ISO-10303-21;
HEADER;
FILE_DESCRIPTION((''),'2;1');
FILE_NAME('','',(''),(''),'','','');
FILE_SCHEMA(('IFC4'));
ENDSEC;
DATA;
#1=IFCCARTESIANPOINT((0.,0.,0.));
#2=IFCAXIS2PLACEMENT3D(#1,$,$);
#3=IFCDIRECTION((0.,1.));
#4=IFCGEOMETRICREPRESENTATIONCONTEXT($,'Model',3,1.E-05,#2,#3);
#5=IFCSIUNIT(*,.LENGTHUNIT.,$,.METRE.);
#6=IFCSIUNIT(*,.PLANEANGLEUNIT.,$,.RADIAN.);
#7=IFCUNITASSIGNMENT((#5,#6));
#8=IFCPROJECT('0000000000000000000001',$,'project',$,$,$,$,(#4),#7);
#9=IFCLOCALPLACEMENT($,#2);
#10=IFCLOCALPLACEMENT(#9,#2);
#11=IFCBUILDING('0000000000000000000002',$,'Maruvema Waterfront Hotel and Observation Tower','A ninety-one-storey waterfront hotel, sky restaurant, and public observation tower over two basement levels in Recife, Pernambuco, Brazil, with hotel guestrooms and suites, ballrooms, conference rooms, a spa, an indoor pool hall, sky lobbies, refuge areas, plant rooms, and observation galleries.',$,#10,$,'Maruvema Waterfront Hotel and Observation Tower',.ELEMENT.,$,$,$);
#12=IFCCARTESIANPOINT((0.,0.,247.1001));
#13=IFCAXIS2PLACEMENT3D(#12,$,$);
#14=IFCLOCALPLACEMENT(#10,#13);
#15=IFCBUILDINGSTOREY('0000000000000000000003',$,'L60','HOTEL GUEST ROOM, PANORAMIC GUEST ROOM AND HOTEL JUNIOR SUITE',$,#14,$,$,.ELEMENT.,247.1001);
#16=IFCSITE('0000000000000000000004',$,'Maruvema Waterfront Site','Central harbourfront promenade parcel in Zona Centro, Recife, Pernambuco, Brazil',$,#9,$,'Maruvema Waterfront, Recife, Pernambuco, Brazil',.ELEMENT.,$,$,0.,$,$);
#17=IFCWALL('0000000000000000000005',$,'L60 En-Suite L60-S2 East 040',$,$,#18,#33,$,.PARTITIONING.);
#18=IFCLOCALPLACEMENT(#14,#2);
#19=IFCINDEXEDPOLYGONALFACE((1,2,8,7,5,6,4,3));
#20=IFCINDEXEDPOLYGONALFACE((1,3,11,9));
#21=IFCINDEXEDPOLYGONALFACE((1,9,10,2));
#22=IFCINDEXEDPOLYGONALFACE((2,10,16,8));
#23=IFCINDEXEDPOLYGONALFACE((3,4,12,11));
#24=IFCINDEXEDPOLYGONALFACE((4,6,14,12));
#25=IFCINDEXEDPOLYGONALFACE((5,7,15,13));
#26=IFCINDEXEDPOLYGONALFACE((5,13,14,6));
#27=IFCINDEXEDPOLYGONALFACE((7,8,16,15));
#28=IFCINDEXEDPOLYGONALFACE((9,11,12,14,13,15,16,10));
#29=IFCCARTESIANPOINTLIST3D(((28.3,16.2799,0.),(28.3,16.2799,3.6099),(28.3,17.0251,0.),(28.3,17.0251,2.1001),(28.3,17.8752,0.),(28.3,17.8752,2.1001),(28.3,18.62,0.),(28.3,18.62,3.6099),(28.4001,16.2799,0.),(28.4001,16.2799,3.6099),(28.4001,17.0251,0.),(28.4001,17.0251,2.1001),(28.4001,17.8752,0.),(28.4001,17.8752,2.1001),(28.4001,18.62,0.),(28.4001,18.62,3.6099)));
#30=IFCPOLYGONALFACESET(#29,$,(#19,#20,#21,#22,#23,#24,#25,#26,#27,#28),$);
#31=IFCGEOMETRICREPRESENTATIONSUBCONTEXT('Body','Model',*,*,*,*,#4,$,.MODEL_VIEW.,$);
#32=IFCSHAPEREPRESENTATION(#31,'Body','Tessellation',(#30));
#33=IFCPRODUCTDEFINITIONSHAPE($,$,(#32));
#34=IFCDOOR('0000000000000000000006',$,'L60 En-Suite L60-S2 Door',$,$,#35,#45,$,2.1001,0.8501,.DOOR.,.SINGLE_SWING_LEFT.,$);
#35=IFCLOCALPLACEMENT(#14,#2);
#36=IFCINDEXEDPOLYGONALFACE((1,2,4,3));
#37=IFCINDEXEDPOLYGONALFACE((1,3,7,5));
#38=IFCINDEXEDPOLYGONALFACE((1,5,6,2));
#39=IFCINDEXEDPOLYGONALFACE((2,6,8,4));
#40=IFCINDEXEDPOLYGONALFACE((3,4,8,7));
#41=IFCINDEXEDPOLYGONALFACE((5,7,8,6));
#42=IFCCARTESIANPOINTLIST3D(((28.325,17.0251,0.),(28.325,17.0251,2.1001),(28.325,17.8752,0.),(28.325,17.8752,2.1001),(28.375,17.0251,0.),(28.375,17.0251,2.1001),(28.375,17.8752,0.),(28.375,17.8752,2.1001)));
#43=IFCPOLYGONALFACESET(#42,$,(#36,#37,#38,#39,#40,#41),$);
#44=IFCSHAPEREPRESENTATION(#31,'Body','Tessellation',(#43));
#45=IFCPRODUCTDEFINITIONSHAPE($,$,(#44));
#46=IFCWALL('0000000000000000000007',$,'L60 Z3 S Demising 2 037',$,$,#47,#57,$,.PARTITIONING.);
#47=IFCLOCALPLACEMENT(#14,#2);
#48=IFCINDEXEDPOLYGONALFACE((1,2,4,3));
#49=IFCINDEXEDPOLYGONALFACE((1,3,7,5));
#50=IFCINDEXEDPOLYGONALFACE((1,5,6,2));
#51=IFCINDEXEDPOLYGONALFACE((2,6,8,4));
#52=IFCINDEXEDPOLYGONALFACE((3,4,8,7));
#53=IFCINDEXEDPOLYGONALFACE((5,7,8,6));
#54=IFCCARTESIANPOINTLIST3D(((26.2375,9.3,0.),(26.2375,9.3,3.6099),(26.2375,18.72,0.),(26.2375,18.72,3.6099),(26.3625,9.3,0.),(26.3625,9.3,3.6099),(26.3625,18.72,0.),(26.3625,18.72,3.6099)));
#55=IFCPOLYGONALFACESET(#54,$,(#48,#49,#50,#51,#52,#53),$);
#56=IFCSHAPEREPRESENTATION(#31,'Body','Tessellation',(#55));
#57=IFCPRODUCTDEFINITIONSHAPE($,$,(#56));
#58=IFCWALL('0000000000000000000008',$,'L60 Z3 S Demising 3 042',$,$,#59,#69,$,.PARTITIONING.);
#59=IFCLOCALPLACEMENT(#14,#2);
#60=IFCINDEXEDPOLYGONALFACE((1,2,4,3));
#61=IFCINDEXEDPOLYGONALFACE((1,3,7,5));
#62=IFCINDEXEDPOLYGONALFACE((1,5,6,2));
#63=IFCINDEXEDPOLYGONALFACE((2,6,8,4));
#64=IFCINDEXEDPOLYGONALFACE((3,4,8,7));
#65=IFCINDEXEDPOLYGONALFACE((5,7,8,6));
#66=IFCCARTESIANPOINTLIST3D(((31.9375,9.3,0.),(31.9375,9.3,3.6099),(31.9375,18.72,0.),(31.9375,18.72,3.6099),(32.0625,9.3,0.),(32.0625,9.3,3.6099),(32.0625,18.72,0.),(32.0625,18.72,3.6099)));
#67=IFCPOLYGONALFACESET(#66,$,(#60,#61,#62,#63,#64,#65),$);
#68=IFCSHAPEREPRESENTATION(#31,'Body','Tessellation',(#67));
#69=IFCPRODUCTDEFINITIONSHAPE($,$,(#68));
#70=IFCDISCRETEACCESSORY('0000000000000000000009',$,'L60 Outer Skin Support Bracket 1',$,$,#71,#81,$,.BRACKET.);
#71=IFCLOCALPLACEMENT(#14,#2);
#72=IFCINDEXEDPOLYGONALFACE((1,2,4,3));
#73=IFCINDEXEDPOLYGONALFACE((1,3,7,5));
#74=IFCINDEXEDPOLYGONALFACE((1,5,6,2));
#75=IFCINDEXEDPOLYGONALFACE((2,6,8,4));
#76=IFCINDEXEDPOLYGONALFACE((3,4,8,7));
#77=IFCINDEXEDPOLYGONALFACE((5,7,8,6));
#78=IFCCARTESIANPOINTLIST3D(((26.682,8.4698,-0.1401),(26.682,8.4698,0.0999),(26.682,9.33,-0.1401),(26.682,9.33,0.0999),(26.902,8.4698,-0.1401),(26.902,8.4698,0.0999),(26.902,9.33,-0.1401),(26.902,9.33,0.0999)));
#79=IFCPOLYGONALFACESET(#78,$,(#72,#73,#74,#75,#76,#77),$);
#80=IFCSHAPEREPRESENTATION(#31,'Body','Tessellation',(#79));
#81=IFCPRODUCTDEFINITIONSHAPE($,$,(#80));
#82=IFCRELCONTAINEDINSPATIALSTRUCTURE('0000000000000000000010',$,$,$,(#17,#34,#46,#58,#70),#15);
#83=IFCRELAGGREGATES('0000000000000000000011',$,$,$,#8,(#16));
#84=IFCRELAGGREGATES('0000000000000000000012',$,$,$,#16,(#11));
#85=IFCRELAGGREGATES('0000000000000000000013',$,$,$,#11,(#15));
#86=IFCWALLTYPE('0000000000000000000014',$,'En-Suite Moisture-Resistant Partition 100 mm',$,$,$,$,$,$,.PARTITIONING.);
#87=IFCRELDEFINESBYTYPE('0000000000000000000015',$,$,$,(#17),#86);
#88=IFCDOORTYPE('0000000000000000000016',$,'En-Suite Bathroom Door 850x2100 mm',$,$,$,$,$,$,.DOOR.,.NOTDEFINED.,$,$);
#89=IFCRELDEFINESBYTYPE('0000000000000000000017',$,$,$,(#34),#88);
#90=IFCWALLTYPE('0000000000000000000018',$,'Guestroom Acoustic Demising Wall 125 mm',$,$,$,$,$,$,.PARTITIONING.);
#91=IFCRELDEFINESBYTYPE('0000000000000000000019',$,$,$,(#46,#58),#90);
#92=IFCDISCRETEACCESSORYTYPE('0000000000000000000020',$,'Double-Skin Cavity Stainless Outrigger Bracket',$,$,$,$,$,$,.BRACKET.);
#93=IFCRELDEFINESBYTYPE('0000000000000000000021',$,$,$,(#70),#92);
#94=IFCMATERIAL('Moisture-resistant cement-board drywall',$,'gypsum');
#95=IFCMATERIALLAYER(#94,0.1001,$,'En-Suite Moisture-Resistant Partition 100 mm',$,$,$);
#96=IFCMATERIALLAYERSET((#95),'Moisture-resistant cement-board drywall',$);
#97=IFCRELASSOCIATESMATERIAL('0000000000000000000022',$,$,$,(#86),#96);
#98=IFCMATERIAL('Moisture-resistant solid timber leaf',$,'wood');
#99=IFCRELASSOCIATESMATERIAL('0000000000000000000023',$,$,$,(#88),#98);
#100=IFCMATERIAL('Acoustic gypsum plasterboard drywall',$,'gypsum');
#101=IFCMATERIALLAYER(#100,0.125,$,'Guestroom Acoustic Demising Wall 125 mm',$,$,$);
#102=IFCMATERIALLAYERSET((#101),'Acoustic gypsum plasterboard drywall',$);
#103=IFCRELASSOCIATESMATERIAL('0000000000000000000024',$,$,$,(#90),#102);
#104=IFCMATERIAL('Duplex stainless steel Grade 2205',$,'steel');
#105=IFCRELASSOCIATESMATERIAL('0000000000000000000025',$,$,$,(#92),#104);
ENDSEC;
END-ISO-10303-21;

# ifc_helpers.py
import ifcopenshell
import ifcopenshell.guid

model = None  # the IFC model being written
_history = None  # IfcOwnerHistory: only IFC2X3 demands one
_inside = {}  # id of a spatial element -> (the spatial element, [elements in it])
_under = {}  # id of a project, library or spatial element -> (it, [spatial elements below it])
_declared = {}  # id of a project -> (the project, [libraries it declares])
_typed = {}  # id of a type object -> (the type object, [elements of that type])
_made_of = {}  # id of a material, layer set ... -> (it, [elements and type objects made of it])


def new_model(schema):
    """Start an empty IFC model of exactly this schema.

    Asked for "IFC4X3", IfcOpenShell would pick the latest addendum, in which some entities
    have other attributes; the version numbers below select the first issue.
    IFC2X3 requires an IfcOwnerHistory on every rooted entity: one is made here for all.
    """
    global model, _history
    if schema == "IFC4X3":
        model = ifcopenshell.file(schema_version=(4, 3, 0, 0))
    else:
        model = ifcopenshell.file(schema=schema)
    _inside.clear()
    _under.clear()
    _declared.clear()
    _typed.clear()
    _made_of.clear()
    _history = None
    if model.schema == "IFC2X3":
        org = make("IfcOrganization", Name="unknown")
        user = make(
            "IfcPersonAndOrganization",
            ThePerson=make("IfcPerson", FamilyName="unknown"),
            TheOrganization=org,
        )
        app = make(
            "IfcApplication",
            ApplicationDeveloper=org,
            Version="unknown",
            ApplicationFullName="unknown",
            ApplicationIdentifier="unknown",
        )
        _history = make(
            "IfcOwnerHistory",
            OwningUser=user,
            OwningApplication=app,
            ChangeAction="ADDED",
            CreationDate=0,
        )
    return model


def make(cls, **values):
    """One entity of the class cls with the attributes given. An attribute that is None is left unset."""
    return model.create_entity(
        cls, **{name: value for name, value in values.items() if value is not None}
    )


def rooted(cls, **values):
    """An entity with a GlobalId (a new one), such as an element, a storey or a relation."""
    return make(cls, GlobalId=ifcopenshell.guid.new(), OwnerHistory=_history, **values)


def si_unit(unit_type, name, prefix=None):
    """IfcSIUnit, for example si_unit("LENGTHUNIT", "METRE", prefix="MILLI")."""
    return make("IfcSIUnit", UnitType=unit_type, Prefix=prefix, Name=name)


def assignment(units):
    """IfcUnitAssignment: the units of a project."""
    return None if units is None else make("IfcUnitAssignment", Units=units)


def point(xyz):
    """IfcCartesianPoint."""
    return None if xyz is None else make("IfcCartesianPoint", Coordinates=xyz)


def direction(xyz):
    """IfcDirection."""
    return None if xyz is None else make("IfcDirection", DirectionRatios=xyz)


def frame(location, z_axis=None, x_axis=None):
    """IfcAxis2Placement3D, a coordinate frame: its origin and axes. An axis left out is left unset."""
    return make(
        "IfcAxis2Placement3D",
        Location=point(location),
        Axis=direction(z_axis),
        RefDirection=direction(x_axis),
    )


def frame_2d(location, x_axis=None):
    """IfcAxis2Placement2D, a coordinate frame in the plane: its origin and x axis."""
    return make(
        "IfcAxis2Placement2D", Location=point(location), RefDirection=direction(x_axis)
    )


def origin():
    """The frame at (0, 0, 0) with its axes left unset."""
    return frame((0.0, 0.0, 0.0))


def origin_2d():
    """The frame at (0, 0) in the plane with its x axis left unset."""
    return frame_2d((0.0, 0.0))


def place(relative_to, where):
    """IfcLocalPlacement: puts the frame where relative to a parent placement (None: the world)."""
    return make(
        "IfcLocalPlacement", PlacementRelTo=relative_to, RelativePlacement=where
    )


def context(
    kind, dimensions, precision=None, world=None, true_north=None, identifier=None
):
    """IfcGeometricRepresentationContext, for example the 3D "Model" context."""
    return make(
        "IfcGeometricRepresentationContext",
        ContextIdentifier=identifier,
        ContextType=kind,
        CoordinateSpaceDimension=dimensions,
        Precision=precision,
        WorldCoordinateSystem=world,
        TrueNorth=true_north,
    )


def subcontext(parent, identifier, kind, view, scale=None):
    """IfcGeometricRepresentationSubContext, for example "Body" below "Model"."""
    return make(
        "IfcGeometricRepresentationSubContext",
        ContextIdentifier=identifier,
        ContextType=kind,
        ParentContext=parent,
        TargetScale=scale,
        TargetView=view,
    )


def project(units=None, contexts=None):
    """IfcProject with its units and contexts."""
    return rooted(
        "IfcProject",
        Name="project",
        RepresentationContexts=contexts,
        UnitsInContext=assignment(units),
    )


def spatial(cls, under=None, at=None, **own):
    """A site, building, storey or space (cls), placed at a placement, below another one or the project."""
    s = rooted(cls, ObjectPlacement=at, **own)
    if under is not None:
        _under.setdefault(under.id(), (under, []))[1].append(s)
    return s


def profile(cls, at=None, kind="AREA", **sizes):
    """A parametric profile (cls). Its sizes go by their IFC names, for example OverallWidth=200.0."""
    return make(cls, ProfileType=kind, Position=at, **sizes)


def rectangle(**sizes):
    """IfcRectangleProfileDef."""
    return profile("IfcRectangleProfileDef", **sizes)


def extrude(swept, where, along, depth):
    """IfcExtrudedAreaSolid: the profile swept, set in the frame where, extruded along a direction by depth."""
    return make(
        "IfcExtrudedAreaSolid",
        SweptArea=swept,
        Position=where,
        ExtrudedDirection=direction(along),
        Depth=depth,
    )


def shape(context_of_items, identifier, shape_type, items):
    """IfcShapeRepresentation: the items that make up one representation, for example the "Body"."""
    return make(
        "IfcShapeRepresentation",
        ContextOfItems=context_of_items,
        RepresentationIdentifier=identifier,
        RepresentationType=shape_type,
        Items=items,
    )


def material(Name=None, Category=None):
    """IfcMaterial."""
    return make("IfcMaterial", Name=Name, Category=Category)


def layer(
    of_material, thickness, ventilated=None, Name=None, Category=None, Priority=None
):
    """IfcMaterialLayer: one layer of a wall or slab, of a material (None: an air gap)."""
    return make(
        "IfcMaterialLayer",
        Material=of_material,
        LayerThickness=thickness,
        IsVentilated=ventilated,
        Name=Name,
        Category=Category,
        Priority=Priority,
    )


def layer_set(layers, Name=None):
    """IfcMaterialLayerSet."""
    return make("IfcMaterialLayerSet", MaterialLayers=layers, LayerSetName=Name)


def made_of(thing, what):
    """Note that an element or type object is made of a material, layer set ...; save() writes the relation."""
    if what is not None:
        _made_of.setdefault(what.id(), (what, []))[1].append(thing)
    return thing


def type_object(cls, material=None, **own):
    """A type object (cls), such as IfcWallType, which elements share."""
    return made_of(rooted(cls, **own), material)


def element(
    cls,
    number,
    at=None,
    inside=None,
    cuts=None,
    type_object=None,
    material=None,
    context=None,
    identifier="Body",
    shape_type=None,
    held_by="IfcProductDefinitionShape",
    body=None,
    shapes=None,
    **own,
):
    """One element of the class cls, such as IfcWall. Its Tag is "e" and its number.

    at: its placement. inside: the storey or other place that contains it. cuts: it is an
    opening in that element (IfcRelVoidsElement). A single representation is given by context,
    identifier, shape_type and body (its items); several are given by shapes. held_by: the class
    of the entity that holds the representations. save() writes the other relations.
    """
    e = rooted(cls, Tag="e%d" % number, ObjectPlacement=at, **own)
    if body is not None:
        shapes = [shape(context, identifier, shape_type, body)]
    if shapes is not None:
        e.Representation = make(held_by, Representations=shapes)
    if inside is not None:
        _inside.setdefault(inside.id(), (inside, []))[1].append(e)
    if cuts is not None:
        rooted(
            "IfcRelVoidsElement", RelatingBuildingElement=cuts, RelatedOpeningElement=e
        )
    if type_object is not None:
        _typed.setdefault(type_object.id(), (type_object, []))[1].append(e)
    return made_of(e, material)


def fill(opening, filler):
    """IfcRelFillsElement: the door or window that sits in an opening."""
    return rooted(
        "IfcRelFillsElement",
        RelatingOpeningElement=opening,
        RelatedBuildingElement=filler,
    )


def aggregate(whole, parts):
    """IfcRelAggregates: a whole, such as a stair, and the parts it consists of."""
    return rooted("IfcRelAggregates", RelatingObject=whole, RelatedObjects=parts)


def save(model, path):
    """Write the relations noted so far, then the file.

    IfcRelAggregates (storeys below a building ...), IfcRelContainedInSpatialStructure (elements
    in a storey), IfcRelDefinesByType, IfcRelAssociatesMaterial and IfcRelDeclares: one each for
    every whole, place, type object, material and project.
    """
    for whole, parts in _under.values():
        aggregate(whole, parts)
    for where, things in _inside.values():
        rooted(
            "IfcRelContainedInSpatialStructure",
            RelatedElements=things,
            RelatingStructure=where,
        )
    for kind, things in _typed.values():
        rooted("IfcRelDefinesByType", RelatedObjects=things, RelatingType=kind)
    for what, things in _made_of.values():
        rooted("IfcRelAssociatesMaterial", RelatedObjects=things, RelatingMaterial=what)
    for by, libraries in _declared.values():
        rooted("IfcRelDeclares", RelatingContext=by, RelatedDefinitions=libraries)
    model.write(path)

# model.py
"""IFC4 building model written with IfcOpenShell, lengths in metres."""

from ifc_helpers import new_model, si_unit, direction, frame, frame_2d, origin, origin_2d, place, context, subcontext, project, spatial, rectangle, extrude, material, layer, layer_set, type_object, element, fill, save


model = new_model("IFC4")

# Units and contexts
model_context = context("Model", 3, precision=1e-05, world=origin(), true_north=direction((0.0, 1.0)))
body_context = subcontext(model_context, "Body", "Model", "MODEL_VIEW")
ifc_project = project(units=[si_unit("LENGTHUNIT", "METRE"), si_unit("PLANEANGLEUNIT", "RADIAN")], contexts=[model_context])

# Site, building, storey
site_placement = place(None, origin())
site = spatial("IfcSite", under=ifc_project, at=site_placement, Name="Maruvema Waterfront Site", Description="Central harbourfront promenade parcel in Zona Centro, Recife, Pernambuco, Brazil", LongName="Maruvema Waterfront, Recife, Pernambuco, Brazil", CompositionType="ELEMENT", RefElevation=0.0)
building_placement = place(site_placement, origin())
building = spatial("IfcBuilding", under=site, at=building_placement, Name="Maruvema Waterfront Hotel and Observation Tower", Description="A ninety-one-storey waterfront hotel, sky restaurant, and public observation tower over two basement levels in Recife, Pernambuco, Brazil, with hotel guestrooms and suites, ballrooms, conference rooms, a spa, an indoor pool hall, sky lobbies, refuge areas, plant rooms, and observation galleries.", LongName="Maruvema Waterfront Hotel and Observation Tower", CompositionType="ELEMENT")
storey_placement = place(building_placement, frame((0.0, 0.0, 247.1001)))
storey = spatial("IfcBuildingStorey", under=building, at=storey_placement, Name="L60", Description="HOTEL GUEST ROOM, PANORAMIC GUEST ROOM AND HOTEL JUNIOR SUITE", CompositionType="ELEMENT", Elevation=247.1001)

# Shared definitions
ifc_material_1 = material(Name="Moisture-resistant cement-board drywall", Category="gypsum")
ifc_layer_1 = layer(ifc_material_1, 0.1001, Name="En-Suite Moisture-Resistant Partition 100 mm")
ifc_layer_set_1 = layer_set([ifc_layer_1], Name="Moisture-resistant cement-board drywall")
wall_type_1 = type_object("IfcWallType", Name="En-Suite Moisture-Resistant Partition 100 mm", PredefinedType="PARTITIONING", material=ifc_layer_set_1)

# Wall, opening, door
wall_1_placement = place(storey_placement, frame((28.3501, 16.28, 0.0), z_axis=(0.0, 0.0, 1.0), x_axis=(0.0, 1.0, 0.0)))
wall_1 = element("IfcWall", 1, at=wall_1_placement, inside=storey, type_object=wall_type_1, Name="L60 En-Suite L60-S2 East 040", PredefinedType="PARTITIONING", context=body_context, shape_type="SweptSolid", body=[
    extrude(rectangle(XDim=2.3401, YDim=0.1001, at=frame_2d((1.1699, 0.0))), origin(), (0.0, 0.0, 1.0), 3.6099),
])
opening_placement = place(wall_1_placement, frame((0.7451, 0.0, 0.0)))
opening = element("IfcOpeningElement", 2, at=opening_placement, cuts=wall_1, PredefinedType="OPENING", context=body_context, shape_type="SweptSolid", body=[
    extrude(rectangle(XDim=0.8501, YDim=2.1001, at=frame_2d((0.425, 1.05))), frame((0.0, 0.0601, 0.0), z_axis=(0.0, -1.0, 0.0), x_axis=(1.0, 0.0, 0.0)), (0.0, 0.0, 1.0), 0.1201),
])
ifc_material_2 = material(Name="Moisture-resistant solid timber leaf", Category="wood")
door_type = type_object("IfcDoorType", Name="En-Suite Bathroom Door 850x2100 mm", OperationType="NOTDEFINED", PredefinedType="DOOR", material=ifc_material_2)
door_placement = place(opening_placement, frame((0.8501, 0.0, 0.0), z_axis=(0.0, 0.0, 1.0), x_axis=(-1.0, 0.0, 0.0)))
door = element("IfcDoor", 3, at=door_placement, inside=storey, type_object=door_type, Name="L60 En-Suite L60-S2 Door", OperationType="SINGLE_SWING_LEFT", OverallHeight=2.1001, OverallWidth=0.8501, PredefinedType="DOOR", context=body_context, shape_type="SweptSolid", body=[
    extrude(rectangle(XDim=0.8501, YDim=2.1001, at=frame_2d((0.425, 1.05))), frame((0.0, 0.0249, 0.0), z_axis=(0.0, -1.0, 0.0), x_axis=(1.0, 0.0, 0.0)), (0.0, 0.0, 1.0), 0.05),
])
fill(opening, door)

# Walls
ifc_material_3 = material(Name="Acoustic gypsum plasterboard drywall", Category="gypsum")
ifc_layer_2 = layer(ifc_material_3, 0.125, Name="Guestroom Acoustic Demising Wall 125 mm")
ifc_layer_set_2 = layer_set([ifc_layer_2], Name="Acoustic gypsum plasterboard drywall")
wall_type_2 = type_object("IfcWallType", Name="Guestroom Acoustic Demising Wall 125 mm", PredefinedType="PARTITIONING", material=ifc_layer_set_2)
for number, where, z_axis, x_axis, name in (
    (4, (26.3, 9.3, 0.0), (0.0, 0.0, 1.0), (0.0, 1.0, 0.0), "L60 Z3 S Demising 2 037"),
    (5, (32.0, 9.3, 0.0), (0.0, 0.0, 1.0), (0.0, 1.0, 0.0), "L60 Z3 S Demising 3 042"),
):
    element("IfcWall", number, at=place(storey_placement, frame(where, z_axis=z_axis, x_axis=x_axis)), inside=storey, type_object=wall_type_2, Name=name, PredefinedType="PARTITIONING", context=body_context, shape_type="SweptSolid", body=[
        extrude(rectangle(XDim=9.4199, YDim=0.125, at=frame_2d((4.71, 0.0))), origin(), (0.0, 0.0, 1.0), 3.6099),
    ])

# Discrete accessory
ifc_material_4 = material(Name="Duplex stainless steel Grade 2205", Category="steel")
discrete_accessory_type = type_object("IfcDiscreteAccessoryType", Name="Double-Skin Cavity Stainless Outrigger Bracket", PredefinedType="BRACKET", material=ifc_material_4)
discrete_accessory_placement = place(storey_placement, frame((26.792, 8.8999, -0.1401), z_axis=(0.0, 0.0, 1.0), x_axis=(1.0, 0.0, 0.0)))
element("IfcDiscreteAccessory", 6, at=discrete_accessory_placement, inside=storey, type_object=discrete_accessory_type, Name="L60 Outer Skin Support Bracket 1", PredefinedType="BRACKET", context=body_context, shape_type="SweptSolid", body=[
    extrude(rectangle(XDim=0.22, YDim=0.8601, at=origin_2d()), origin(), (0.0, 0.0, 1.0), 0.24),
])

save(model, "model.ifc")
